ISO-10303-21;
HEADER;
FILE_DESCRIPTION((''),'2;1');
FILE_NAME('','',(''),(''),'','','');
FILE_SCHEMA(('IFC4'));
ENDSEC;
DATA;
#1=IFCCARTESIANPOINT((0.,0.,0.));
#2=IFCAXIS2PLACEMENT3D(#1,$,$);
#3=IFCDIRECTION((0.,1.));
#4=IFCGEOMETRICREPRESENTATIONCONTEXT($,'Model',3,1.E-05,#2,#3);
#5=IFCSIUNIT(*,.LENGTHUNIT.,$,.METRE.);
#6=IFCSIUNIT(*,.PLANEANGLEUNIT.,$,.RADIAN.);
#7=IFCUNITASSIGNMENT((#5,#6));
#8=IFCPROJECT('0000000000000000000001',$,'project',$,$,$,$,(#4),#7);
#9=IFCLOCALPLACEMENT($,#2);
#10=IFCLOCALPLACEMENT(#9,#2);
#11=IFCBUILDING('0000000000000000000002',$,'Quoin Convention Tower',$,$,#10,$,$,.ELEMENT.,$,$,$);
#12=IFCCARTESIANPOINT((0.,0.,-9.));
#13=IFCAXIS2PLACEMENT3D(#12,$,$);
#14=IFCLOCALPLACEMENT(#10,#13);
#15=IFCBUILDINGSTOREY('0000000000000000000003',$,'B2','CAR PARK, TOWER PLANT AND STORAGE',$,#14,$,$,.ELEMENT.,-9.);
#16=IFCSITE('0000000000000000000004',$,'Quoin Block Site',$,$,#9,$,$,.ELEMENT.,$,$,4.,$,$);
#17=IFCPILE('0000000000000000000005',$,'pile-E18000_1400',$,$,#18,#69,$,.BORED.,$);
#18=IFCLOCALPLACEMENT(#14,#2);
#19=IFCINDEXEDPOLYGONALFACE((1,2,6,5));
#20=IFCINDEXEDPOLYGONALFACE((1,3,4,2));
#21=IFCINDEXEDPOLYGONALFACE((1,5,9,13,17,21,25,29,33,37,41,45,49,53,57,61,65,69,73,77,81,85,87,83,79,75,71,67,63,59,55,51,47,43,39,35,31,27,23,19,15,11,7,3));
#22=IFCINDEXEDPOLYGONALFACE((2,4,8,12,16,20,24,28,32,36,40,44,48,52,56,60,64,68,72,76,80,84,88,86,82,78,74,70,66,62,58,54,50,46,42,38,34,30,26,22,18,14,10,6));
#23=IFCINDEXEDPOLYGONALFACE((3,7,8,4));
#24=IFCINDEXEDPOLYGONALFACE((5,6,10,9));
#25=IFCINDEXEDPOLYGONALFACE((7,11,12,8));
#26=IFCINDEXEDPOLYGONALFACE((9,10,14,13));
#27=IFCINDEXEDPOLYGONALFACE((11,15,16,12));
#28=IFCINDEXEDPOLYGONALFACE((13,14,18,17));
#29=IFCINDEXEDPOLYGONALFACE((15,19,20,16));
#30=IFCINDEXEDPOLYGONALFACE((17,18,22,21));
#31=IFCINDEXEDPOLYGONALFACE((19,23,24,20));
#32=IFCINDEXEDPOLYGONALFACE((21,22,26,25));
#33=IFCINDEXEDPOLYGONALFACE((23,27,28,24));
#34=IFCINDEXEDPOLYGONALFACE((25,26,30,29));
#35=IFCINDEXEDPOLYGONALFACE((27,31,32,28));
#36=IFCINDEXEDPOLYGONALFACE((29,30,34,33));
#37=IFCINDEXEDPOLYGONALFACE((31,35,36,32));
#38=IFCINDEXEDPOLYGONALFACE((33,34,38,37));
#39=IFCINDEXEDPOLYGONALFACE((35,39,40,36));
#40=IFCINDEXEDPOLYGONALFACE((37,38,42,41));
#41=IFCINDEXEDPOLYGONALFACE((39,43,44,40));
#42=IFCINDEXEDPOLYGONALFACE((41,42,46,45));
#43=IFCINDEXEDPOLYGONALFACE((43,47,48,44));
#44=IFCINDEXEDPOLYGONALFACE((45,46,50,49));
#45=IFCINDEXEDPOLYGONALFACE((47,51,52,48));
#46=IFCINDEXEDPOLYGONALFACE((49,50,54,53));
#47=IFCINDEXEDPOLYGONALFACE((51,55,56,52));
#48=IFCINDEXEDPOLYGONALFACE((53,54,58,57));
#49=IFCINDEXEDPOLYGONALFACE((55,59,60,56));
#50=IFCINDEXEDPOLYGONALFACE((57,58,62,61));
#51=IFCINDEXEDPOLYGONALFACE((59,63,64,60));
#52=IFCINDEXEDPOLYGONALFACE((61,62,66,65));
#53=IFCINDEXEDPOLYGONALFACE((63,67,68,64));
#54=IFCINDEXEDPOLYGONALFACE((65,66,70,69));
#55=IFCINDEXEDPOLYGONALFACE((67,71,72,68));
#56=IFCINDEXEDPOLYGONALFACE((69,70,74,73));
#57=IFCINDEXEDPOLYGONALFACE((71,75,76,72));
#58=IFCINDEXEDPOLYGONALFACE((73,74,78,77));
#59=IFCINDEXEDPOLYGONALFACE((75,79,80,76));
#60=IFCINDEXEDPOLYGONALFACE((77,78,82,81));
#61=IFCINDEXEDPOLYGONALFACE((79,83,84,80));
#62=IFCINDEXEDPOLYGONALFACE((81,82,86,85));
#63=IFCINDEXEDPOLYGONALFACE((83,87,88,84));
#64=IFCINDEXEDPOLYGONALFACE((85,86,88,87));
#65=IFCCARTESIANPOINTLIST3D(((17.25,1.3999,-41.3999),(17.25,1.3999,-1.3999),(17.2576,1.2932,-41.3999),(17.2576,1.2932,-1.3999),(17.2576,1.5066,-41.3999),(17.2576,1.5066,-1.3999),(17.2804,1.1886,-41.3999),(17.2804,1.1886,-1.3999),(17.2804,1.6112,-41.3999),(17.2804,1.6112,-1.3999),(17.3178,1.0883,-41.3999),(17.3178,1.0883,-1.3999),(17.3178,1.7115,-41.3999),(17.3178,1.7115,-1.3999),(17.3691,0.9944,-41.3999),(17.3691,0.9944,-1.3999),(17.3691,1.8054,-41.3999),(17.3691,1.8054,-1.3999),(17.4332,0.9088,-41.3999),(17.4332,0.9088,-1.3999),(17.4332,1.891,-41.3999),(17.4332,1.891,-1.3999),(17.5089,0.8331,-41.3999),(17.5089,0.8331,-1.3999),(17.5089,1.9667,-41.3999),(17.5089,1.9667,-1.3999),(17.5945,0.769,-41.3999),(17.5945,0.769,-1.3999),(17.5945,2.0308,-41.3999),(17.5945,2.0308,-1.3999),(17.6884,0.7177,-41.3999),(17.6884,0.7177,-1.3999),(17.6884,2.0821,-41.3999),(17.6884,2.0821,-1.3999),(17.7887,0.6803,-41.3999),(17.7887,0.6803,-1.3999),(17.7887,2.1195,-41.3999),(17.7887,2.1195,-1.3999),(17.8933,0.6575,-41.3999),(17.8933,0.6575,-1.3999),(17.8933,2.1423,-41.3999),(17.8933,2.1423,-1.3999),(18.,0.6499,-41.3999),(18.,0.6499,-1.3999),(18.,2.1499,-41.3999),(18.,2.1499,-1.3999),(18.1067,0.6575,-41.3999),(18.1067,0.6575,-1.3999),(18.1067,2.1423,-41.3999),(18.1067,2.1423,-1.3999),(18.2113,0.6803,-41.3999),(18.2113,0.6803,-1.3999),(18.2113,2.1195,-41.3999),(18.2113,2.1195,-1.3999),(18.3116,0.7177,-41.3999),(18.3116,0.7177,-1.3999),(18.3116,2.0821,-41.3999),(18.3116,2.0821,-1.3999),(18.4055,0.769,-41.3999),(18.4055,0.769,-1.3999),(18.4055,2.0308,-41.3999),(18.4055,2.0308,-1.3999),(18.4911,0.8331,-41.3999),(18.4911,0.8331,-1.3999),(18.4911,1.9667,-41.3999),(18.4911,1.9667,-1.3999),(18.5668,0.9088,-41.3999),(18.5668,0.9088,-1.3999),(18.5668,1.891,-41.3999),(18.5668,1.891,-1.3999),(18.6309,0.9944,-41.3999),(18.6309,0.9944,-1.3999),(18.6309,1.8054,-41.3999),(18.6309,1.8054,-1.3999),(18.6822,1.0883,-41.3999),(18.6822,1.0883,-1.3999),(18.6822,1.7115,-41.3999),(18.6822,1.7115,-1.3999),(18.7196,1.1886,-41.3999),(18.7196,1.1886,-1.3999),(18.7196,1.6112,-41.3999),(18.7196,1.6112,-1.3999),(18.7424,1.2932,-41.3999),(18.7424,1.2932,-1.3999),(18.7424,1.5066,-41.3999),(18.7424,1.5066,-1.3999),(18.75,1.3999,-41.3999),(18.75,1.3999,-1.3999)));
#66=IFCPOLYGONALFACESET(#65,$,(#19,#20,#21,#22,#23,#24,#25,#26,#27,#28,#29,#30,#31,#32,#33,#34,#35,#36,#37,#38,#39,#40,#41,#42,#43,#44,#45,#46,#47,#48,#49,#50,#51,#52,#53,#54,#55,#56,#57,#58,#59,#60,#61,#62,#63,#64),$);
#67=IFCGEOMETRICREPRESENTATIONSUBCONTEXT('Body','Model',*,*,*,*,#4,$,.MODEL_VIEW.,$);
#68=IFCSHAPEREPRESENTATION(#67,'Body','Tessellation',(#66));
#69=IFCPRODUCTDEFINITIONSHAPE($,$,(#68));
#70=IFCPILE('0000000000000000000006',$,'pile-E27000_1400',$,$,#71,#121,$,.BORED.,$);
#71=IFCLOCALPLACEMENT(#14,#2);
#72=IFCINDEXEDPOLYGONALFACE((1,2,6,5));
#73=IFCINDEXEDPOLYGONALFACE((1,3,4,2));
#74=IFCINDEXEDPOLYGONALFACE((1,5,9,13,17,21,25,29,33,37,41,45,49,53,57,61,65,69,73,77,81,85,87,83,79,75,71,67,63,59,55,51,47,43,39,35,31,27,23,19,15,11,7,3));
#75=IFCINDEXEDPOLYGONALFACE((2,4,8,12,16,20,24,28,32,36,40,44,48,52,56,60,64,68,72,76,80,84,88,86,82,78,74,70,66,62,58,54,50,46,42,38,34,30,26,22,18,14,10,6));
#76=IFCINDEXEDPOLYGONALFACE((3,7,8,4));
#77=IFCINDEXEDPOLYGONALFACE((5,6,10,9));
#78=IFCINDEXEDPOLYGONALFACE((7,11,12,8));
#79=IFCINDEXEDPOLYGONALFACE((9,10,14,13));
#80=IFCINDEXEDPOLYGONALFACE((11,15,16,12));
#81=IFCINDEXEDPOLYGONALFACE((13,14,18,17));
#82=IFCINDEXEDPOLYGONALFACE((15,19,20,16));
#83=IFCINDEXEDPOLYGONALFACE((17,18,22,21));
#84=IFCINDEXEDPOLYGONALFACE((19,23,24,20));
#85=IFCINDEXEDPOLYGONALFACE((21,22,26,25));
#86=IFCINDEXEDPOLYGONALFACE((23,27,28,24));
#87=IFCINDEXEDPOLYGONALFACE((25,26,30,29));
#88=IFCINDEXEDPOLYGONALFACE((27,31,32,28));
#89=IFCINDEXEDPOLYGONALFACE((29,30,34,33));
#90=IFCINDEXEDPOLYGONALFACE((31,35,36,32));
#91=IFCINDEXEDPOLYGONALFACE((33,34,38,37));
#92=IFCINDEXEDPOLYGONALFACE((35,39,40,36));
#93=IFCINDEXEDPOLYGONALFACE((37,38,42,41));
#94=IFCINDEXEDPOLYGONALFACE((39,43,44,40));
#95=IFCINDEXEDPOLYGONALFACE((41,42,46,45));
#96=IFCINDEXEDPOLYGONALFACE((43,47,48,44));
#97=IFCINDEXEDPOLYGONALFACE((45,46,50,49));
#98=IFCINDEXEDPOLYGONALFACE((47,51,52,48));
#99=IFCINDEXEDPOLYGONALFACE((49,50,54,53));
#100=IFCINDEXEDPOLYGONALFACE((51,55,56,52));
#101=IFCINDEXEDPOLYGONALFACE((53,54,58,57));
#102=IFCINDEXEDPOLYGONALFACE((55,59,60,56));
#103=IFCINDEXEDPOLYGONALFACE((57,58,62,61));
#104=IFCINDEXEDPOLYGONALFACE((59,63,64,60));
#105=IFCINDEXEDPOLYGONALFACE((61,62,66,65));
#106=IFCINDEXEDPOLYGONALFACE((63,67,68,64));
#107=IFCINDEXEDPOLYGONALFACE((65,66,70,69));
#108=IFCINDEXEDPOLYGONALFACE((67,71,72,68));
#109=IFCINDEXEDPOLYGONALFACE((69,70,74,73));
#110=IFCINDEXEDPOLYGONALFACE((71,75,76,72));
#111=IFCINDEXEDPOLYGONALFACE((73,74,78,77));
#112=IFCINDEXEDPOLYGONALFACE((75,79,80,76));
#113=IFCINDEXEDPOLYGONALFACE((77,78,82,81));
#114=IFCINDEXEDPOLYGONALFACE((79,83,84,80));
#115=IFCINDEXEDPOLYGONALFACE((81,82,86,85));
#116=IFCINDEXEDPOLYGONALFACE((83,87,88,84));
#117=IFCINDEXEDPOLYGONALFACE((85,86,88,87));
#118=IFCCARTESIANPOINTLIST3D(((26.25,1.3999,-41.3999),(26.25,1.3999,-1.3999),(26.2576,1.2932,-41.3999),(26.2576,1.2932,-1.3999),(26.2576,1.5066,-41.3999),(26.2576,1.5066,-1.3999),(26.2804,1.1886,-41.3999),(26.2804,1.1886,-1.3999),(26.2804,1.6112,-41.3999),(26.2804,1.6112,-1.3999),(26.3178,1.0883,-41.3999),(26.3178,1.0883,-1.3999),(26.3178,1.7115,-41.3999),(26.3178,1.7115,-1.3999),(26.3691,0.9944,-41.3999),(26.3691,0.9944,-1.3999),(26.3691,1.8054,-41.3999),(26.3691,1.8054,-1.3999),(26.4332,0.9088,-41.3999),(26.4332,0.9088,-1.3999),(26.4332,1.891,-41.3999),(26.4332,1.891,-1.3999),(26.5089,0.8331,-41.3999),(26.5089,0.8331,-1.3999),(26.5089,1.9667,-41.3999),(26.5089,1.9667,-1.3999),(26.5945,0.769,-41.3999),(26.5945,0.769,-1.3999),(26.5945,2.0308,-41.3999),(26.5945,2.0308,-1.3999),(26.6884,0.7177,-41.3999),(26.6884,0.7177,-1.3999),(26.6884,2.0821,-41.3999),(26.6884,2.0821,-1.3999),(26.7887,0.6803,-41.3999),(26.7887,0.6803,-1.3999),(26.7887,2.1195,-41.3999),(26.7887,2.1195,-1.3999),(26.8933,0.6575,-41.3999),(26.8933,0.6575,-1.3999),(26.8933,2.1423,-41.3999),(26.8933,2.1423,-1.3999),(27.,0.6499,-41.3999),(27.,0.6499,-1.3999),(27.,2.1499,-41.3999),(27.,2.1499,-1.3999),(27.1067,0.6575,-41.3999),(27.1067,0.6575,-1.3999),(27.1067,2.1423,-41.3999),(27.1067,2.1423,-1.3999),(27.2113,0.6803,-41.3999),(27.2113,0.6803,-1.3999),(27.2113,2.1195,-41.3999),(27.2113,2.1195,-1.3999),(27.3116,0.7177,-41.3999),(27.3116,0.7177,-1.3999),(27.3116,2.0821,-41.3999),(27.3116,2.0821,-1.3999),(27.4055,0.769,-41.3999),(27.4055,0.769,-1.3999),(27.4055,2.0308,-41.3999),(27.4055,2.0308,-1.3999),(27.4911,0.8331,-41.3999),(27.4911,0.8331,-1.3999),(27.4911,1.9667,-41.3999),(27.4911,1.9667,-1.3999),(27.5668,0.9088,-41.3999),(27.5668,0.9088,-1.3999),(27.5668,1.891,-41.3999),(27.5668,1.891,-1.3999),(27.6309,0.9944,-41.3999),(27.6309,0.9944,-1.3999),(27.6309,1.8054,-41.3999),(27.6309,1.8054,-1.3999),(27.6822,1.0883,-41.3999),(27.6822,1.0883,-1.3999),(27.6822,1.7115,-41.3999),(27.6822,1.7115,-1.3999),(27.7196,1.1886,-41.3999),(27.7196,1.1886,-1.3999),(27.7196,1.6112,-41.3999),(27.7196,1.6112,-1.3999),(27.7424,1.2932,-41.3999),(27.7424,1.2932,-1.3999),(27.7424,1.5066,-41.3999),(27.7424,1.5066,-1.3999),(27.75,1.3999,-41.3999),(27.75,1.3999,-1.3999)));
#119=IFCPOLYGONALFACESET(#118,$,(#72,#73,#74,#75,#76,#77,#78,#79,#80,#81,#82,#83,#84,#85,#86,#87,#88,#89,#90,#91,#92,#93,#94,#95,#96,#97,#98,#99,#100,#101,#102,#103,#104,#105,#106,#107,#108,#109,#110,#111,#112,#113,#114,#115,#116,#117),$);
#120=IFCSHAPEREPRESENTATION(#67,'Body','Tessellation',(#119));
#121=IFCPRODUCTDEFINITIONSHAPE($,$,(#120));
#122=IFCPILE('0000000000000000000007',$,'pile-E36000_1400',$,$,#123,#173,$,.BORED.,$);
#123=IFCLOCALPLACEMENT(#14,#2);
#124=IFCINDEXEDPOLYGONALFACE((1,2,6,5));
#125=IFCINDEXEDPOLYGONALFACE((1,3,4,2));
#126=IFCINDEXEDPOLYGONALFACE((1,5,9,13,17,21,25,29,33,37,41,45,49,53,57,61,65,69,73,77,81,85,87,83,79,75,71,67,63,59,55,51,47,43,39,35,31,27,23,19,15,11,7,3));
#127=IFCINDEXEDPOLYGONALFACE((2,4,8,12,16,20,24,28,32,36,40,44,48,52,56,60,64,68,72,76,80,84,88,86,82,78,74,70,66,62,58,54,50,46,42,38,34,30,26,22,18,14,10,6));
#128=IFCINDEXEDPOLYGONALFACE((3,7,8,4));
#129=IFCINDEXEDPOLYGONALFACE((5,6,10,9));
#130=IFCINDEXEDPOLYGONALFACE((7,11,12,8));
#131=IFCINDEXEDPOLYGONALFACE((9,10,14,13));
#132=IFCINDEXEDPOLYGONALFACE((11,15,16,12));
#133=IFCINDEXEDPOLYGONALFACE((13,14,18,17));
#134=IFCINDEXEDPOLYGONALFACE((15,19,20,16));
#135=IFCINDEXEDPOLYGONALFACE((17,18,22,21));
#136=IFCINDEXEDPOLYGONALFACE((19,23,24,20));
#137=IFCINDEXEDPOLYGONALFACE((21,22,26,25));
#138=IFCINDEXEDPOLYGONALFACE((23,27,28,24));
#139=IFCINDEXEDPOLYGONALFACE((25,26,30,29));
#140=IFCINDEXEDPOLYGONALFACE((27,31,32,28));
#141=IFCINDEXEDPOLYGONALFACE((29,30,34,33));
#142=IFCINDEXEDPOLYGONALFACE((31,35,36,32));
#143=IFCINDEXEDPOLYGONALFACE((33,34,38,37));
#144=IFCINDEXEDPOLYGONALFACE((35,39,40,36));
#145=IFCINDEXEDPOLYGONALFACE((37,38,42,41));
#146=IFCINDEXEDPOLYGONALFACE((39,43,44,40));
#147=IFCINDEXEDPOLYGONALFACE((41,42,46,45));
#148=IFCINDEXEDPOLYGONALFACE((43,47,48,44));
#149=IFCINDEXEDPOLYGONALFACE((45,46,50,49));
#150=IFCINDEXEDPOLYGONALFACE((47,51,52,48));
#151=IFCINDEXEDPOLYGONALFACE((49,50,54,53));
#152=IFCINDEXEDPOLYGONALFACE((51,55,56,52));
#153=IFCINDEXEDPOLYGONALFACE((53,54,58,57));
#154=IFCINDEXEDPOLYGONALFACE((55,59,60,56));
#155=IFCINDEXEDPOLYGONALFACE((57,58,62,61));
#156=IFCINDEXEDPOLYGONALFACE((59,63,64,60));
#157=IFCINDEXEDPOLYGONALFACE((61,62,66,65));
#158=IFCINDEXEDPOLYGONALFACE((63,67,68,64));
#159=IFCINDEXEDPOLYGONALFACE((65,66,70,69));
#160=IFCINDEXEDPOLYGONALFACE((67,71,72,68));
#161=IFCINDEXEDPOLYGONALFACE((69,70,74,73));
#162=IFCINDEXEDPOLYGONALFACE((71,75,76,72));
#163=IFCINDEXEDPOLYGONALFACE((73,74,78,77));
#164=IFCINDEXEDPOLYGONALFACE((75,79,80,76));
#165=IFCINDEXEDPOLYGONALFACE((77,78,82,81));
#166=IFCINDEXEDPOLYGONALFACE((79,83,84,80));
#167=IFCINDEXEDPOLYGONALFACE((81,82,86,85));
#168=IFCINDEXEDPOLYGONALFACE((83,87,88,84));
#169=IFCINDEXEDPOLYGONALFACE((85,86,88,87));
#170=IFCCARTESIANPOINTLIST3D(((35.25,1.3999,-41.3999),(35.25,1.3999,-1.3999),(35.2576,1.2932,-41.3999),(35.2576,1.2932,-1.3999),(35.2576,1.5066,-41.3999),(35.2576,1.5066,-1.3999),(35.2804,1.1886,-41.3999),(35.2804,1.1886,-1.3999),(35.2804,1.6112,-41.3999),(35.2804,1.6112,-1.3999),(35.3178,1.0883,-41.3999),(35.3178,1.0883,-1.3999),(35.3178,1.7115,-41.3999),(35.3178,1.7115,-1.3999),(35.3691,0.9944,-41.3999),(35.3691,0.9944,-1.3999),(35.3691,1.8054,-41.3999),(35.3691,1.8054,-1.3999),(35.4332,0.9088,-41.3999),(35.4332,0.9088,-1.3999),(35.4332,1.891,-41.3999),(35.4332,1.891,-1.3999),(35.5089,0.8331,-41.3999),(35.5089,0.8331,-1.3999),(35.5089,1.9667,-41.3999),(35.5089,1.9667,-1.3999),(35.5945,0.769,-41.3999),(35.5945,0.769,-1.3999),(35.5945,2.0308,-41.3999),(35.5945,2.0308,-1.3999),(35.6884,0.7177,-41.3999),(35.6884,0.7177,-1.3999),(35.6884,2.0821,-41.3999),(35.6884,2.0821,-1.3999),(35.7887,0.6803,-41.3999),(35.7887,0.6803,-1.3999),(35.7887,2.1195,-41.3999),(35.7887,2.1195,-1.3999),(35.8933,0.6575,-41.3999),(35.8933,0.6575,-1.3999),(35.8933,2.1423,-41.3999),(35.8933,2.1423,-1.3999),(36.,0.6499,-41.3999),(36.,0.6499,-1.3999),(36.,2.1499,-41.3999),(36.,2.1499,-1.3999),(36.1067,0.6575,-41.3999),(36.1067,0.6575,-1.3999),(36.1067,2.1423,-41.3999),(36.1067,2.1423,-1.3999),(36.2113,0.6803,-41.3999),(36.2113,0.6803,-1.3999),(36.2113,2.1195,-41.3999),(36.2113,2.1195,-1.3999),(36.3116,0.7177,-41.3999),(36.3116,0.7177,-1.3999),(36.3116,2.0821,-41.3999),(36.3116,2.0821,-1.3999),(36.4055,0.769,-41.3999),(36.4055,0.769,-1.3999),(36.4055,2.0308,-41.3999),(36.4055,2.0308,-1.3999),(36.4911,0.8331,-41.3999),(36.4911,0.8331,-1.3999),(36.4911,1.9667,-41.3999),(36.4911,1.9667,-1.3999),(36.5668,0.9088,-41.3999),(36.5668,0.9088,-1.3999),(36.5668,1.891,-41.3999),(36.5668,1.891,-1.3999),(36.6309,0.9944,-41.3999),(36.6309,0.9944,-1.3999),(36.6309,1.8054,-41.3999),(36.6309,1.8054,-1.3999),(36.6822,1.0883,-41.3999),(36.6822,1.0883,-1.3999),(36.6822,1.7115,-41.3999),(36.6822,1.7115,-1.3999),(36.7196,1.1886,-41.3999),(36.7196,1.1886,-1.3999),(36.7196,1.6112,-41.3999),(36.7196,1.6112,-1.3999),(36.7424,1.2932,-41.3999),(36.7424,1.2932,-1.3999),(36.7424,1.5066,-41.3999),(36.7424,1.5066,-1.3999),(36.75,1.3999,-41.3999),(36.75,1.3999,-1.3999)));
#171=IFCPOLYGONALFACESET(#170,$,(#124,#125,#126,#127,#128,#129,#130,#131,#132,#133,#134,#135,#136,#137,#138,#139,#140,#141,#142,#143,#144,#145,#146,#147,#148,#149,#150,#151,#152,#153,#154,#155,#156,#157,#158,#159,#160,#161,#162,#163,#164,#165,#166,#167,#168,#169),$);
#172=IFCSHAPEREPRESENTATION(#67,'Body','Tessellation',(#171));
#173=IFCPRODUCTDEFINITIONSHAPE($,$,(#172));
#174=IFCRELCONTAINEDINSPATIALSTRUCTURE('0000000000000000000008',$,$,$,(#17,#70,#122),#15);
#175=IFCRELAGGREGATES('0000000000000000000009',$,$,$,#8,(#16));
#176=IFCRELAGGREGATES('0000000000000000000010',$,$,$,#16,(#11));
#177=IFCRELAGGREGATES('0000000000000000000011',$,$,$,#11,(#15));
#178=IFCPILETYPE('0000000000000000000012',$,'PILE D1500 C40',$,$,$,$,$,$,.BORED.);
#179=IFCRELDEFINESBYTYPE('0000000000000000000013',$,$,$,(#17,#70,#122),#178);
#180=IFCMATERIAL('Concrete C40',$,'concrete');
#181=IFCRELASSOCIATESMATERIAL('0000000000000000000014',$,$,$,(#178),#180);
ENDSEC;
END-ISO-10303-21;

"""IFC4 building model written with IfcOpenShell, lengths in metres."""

from ifc_helpers import new_model, si_unit, direction, frame, origin, origin_2d, place, context, subcontext, project, spatial, circle, extrude, material, material_profile, profile_set, type_object, element, save


model = new_model("IFC4")

# Units and contexts
model_context = context("Model", 3, precision=1e-05, world=origin(), true_north=direction((0.0, 1.0)))
body_context = subcontext(model_context, "Body", "Model", "MODEL_VIEW")
ifc_project = project(units=[si_unit("LENGTHUNIT", "METRE"), si_unit("PLANEANGLEUNIT", "RADIAN")], contexts=[model_context])

# Site, building, storey
site_placement = place(None, origin())
site = spatial("IfcSite", under=ifc_project, at=site_placement, Name="Quoin Block Site", CompositionType="ELEMENT", RefElevation=4.0)
building_placement = place(site_placement, origin())
building = spatial("IfcBuilding", under=site, at=building_placement, Name="Quoin Convention Tower", CompositionType="ELEMENT")
storey_placement = place(building_placement, frame((0.0, 0.0, -9.0)))
storey = spatial("IfcBuildingStorey", under=building, at=storey_placement, Name="B2", Description="CAR PARK, TOWER PLANT AND STORAGE", CompositionType="ELEMENT", Elevation=-9.0)

# Piles
ifc_material_1 = material(Name="Concrete C40", Category="concrete")
ifc_material_profile_1 = material_profile(ifc_material_1, circle(Radius=0.75, at=origin_2d()), Name="D1500")
ifc_profile_set_1 = profile_set([ifc_material_profile_1], Name="Concrete C40")
pile_type = type_object("IfcPileType", Name="PILE D1500 C40", PredefinedType="BORED", material=ifc_profile_set_1)
for number, where, z_axis, x_axis, name in (
    (1, (18.0, 1.3999, -1.3999), (0.0, 0.0, -1.0), (1.0, 0.0, 0.0), "pile-E18000_1400"),
    (2, (27.0, 1.3999, -1.3999), (0.0, 0.0, -1.0), (1.0, 0.0, 0.0), "pile-E27000_1400"),
    (3, (36.0, 1.3999, -1.3999), (0.0, 0.0, -1.0), (1.0, 0.0, 0.0), "pile-E36000_1400"),
):
    element("IfcPile", number, at=place(storey_placement, frame(where, z_axis=z_axis, x_axis=x_axis)), inside=storey, type_object=pile_type, Name=name, PredefinedType="BORED", context=body_context, shape_type="SweptSolid", body=[
        extrude(circle(Radius=0.75, at=origin_2d()), origin(), (0.0, 0.0, 1.0), 40.0),
    ])

save(model, "model.ifc")
